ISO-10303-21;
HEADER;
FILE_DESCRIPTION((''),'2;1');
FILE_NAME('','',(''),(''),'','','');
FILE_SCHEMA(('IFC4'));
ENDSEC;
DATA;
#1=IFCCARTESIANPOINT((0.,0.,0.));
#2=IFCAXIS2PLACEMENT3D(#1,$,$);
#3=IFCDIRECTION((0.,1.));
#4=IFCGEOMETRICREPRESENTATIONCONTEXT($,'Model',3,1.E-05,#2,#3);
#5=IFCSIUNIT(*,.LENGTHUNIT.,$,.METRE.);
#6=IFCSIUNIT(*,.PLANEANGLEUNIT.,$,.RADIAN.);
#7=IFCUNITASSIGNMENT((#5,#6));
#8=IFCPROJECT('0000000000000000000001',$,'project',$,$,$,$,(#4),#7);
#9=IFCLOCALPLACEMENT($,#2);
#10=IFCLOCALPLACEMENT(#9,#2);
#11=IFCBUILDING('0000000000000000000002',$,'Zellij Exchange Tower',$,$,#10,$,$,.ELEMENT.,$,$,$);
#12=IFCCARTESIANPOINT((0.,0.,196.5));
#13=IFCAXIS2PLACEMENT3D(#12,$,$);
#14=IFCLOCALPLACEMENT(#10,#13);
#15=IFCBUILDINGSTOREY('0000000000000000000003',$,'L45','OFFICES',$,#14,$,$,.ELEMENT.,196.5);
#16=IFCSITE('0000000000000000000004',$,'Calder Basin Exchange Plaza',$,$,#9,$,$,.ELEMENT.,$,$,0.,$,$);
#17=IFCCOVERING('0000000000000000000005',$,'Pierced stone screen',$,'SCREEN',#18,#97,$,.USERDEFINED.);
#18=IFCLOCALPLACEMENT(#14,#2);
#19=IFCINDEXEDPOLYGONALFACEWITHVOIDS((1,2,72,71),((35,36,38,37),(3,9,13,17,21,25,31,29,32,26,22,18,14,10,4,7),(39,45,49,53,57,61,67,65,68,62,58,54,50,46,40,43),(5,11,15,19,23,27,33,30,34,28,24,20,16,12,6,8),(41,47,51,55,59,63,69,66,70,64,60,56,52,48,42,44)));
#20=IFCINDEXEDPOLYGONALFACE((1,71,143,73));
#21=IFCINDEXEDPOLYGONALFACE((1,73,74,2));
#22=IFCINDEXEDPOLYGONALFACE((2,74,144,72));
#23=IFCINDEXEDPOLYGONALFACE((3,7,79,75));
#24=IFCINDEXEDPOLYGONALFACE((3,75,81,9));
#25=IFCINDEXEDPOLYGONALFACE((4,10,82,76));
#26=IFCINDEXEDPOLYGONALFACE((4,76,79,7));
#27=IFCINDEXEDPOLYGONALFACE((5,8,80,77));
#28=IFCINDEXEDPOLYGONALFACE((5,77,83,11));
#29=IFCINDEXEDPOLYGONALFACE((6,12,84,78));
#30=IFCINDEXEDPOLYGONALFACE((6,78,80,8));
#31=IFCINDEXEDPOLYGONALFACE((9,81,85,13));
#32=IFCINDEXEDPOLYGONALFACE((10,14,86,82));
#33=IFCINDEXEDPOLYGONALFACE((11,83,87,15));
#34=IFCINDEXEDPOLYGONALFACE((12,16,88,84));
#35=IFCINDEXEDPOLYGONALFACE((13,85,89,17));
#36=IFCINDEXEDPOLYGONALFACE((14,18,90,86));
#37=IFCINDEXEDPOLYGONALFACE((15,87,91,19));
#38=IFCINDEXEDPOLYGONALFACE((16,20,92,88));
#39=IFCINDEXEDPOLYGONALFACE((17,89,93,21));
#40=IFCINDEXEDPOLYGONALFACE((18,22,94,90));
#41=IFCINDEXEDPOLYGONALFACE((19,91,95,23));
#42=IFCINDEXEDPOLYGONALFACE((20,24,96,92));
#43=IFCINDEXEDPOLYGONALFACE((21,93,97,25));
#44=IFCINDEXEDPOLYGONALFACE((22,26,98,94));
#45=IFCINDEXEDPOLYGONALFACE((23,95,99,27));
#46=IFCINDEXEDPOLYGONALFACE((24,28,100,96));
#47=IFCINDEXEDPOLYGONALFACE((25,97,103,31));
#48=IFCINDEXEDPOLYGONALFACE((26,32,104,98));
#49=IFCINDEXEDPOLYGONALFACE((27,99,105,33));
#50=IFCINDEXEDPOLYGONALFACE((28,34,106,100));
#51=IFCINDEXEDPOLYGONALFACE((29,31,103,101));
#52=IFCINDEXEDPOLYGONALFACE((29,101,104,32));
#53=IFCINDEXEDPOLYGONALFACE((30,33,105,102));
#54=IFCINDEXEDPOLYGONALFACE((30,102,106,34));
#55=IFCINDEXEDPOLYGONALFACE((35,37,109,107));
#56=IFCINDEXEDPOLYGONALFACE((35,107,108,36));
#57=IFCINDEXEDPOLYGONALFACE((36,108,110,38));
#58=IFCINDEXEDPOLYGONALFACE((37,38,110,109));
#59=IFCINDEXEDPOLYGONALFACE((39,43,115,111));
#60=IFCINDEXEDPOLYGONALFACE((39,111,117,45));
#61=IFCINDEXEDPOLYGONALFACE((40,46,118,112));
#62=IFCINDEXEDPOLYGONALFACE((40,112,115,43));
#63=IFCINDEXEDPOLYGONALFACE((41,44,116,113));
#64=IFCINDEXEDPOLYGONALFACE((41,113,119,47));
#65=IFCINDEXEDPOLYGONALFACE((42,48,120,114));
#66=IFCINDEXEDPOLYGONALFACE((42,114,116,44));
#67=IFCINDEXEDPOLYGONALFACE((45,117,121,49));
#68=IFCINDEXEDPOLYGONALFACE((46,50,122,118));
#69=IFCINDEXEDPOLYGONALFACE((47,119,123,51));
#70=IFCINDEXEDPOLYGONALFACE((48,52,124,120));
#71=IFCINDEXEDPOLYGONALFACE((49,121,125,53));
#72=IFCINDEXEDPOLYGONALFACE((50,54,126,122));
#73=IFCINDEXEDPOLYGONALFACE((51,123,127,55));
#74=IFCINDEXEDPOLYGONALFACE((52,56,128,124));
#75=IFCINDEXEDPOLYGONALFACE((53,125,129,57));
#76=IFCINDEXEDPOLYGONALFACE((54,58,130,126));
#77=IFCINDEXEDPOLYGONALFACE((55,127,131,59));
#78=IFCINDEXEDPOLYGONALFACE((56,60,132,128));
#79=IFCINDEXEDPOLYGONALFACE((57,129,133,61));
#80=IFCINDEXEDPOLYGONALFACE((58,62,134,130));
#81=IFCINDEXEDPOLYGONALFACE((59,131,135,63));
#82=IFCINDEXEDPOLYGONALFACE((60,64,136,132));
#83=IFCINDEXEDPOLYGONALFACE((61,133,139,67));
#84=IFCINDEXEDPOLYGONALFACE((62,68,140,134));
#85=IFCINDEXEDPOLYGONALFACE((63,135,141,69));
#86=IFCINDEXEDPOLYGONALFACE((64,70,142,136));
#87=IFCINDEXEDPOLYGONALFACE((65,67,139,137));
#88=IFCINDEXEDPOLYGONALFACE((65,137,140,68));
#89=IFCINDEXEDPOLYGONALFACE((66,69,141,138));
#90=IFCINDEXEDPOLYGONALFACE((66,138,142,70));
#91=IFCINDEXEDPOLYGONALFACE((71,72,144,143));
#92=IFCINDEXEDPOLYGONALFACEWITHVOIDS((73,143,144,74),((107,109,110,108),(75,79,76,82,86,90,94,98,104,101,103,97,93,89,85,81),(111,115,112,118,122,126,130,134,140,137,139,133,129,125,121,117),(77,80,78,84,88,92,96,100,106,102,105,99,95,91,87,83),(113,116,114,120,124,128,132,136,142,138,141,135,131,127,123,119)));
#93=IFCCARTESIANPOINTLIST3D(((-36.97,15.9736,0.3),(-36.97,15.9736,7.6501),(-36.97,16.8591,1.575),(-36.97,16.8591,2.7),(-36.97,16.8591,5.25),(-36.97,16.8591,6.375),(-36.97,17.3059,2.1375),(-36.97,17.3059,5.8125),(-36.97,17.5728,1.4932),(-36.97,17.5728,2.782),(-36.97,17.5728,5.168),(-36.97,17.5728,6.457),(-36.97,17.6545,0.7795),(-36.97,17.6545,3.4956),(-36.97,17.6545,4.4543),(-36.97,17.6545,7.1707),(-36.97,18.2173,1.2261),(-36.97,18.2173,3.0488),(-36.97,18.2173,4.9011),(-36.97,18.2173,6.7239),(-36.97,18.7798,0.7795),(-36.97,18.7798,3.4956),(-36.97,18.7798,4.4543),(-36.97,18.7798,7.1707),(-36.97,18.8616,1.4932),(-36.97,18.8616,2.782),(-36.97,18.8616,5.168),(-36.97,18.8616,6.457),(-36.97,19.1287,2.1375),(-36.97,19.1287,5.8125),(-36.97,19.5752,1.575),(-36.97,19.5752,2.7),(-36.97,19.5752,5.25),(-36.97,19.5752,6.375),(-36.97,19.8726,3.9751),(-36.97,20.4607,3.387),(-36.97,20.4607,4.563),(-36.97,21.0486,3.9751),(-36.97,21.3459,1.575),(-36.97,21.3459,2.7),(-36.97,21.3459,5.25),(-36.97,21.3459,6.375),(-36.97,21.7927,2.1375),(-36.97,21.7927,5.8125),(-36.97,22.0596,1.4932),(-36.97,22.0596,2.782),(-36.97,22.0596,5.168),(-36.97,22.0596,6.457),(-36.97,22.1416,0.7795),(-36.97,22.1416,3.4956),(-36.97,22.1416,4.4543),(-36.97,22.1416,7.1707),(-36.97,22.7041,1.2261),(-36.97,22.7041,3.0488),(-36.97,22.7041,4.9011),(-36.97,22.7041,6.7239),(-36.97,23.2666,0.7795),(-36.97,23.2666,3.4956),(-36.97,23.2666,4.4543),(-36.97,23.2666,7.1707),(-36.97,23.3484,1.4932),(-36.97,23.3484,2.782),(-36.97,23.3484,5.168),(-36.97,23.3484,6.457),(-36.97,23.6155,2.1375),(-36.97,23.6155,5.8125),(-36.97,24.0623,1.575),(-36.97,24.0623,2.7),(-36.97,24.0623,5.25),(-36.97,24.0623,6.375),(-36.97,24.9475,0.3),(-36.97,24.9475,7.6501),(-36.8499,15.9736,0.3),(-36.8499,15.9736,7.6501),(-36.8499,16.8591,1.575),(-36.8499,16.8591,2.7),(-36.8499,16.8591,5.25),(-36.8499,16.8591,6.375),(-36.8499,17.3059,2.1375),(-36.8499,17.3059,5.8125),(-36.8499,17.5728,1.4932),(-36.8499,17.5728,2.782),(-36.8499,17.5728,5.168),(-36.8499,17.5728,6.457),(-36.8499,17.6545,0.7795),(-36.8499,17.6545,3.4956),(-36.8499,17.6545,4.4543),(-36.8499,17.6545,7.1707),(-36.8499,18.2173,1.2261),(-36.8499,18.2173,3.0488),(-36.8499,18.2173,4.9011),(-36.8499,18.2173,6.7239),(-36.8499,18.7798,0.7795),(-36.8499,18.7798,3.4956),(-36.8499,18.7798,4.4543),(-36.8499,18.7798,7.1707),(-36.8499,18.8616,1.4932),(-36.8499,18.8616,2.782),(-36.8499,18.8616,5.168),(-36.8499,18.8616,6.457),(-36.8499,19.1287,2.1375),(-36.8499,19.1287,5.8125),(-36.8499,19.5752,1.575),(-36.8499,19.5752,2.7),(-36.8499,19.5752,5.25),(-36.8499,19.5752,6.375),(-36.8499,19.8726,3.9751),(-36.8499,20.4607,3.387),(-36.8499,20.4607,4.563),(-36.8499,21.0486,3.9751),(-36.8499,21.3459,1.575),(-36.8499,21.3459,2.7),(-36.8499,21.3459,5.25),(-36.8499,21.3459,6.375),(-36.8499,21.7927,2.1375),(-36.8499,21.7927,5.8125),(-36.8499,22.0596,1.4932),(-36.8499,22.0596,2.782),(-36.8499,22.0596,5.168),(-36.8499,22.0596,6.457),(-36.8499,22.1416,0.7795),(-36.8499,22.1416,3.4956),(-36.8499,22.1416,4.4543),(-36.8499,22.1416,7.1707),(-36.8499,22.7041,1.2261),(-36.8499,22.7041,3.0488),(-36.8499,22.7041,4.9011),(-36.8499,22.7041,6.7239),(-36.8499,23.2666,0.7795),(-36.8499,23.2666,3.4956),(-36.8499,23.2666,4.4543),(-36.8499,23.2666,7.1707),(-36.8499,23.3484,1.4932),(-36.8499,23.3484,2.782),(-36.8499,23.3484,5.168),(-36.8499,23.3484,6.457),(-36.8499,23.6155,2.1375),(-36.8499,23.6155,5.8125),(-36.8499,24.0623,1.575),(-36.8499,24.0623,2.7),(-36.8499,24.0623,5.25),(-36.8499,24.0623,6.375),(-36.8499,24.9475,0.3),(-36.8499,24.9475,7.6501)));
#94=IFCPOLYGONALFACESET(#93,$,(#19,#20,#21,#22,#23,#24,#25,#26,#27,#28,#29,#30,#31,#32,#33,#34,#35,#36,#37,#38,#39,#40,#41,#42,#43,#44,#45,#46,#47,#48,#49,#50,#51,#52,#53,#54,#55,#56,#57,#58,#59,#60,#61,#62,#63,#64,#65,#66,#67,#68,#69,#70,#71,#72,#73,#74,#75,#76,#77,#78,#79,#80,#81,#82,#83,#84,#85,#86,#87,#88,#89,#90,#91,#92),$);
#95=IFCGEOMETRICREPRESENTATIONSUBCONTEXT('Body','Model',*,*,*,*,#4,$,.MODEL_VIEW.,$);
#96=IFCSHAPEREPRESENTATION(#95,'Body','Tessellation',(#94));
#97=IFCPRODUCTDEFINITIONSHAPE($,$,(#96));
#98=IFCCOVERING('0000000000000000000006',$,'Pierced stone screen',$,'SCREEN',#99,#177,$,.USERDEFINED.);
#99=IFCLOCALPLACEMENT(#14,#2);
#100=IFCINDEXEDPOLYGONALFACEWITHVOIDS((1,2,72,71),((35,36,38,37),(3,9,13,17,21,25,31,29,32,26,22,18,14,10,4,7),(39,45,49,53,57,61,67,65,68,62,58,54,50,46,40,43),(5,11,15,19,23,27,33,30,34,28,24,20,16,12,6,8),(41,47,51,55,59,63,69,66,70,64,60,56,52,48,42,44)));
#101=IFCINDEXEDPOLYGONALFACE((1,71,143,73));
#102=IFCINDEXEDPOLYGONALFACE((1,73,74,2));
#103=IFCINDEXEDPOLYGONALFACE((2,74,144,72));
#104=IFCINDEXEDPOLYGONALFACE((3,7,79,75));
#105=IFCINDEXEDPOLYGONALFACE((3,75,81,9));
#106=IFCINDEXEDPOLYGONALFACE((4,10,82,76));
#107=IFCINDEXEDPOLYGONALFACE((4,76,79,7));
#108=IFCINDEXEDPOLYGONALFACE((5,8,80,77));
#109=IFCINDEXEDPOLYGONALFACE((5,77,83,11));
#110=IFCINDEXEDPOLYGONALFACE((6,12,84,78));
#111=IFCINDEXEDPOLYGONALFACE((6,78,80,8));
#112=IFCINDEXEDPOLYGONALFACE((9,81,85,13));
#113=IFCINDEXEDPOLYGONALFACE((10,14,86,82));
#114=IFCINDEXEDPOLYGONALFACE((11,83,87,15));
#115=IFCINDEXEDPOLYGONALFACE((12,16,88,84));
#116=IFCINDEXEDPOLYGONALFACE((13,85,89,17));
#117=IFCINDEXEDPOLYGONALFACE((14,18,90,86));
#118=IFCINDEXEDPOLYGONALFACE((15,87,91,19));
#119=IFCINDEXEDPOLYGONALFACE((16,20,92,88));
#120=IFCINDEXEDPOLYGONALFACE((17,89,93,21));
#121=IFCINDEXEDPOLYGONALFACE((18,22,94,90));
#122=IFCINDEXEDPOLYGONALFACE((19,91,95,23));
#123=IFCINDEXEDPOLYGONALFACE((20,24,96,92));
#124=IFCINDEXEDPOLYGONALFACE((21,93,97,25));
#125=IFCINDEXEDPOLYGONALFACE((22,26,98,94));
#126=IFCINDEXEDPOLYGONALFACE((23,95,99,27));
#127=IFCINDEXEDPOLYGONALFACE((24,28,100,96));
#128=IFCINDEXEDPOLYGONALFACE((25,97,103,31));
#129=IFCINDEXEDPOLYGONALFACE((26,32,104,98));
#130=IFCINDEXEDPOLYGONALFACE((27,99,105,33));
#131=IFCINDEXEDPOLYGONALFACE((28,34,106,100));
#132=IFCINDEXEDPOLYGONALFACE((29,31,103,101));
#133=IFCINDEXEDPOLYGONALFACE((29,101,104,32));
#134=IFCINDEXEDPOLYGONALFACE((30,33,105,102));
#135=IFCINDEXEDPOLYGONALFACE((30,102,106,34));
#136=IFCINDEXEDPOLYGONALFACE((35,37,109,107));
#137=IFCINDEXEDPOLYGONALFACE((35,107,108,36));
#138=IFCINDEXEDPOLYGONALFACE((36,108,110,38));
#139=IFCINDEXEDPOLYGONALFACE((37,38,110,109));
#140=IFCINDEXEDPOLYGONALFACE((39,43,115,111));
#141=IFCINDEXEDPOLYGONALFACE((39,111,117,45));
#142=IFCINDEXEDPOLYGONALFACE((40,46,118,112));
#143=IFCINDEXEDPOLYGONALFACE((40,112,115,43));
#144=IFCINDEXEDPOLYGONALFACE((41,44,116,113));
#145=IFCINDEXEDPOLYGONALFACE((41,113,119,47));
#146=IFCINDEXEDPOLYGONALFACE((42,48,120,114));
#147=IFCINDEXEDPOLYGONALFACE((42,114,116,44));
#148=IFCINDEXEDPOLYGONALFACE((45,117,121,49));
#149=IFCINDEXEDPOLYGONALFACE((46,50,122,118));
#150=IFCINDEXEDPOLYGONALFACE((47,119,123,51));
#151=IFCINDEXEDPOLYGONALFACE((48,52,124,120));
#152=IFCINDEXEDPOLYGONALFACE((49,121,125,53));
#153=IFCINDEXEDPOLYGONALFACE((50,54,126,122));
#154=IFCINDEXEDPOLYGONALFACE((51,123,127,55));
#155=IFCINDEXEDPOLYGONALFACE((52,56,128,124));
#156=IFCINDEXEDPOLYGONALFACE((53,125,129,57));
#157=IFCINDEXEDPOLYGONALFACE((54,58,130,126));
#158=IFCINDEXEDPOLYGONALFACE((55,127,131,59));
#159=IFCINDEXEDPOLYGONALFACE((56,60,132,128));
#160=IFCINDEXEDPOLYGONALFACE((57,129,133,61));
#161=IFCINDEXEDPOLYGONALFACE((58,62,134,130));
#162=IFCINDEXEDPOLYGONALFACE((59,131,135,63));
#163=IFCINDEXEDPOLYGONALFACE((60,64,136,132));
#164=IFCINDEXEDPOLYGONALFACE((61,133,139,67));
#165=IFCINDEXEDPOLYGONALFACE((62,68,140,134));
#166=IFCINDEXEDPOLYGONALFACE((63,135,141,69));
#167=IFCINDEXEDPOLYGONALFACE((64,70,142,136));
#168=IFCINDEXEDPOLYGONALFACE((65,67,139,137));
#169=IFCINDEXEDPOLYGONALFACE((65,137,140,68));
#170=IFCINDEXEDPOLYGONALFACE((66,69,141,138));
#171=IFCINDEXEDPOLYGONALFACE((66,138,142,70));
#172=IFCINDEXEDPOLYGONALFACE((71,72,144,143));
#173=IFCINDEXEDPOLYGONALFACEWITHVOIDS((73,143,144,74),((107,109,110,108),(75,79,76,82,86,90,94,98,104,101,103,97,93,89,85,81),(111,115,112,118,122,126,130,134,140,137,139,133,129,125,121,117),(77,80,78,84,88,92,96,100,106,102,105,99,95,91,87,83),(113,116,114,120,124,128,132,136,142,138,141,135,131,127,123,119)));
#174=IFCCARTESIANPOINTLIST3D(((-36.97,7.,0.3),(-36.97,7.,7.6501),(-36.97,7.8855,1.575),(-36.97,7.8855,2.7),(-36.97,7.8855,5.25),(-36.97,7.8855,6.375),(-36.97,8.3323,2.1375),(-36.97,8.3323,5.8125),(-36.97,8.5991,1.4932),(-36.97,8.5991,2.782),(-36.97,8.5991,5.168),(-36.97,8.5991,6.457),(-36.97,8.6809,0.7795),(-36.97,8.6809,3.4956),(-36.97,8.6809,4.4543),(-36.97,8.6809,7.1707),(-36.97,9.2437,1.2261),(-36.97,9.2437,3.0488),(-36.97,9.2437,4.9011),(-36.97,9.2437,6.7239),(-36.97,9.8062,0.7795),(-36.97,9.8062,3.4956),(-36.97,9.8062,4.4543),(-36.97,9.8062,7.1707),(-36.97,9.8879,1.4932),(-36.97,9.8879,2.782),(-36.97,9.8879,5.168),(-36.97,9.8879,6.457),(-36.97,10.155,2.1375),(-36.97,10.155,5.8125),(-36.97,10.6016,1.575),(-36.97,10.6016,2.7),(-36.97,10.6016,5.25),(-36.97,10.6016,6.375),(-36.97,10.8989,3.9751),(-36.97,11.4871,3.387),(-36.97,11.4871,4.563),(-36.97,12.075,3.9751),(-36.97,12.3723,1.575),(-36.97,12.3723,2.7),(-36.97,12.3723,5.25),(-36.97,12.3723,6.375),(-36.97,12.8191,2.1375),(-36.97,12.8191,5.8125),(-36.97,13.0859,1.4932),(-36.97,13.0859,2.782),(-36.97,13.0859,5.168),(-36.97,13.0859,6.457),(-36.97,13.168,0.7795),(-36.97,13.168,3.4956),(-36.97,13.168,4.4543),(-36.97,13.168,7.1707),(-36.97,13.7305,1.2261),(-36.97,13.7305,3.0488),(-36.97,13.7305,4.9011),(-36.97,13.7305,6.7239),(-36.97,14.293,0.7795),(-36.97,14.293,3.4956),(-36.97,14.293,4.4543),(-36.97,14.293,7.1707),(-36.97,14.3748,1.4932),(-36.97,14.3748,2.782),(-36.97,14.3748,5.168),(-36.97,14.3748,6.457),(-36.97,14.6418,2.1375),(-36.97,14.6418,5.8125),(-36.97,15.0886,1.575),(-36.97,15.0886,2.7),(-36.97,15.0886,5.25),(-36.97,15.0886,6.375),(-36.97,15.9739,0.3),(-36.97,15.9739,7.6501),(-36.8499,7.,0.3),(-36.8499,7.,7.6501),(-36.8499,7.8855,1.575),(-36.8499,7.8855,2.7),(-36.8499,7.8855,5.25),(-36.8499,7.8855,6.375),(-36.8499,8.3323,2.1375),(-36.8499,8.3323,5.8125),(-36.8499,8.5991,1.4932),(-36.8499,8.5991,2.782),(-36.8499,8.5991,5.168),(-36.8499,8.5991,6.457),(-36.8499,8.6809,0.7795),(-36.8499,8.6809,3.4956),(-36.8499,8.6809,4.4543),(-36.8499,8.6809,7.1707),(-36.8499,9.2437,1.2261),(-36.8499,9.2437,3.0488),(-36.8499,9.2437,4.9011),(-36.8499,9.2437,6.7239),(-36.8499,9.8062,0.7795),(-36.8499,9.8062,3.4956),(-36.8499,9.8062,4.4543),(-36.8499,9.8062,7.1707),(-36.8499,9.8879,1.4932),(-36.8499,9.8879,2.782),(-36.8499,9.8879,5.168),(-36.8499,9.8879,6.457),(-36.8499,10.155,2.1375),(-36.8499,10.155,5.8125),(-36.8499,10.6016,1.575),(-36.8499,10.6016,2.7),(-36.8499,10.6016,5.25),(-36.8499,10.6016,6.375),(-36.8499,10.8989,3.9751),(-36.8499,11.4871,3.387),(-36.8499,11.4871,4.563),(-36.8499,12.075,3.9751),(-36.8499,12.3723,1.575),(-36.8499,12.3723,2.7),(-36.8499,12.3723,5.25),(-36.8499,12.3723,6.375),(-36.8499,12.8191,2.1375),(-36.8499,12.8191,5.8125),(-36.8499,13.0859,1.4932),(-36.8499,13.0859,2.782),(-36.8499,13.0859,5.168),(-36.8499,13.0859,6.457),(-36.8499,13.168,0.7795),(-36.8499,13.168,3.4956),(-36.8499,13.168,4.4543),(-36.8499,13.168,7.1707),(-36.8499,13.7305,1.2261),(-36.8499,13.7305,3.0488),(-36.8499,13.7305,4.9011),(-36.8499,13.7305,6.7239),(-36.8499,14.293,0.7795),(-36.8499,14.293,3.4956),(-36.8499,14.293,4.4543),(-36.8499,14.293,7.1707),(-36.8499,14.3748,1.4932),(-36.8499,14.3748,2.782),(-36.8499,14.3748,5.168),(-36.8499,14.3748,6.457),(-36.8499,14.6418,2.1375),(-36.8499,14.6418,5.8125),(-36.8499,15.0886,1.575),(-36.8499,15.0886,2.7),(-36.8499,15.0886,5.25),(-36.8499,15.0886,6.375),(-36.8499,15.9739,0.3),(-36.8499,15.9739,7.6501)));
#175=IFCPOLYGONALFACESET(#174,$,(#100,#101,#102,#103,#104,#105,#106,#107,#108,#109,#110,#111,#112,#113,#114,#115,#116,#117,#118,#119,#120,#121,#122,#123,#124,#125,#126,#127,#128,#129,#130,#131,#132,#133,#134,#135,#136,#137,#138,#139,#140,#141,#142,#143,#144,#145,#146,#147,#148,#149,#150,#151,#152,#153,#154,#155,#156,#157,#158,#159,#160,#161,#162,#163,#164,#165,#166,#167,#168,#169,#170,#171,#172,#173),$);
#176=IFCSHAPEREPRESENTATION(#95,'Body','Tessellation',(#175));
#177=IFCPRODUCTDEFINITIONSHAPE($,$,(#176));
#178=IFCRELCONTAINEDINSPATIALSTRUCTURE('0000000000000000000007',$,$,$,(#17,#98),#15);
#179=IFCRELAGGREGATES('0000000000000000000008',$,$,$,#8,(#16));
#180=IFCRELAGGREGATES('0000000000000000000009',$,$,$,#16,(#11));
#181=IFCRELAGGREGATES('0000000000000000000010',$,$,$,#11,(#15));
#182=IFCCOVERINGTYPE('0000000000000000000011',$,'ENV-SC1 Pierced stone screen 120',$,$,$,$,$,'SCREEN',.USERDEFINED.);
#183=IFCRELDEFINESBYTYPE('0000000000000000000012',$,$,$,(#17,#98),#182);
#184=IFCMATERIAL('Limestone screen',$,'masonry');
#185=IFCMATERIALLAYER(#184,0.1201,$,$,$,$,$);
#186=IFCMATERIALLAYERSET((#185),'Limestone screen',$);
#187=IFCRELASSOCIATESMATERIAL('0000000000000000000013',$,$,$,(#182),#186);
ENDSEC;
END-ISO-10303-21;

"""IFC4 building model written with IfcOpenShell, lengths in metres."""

from ifc_helpers import new_model, si_unit, direction, frame, origin, place, context, subcontext, project, spatial, polyline, outline, extrude, material, layer, layer_set, type_object, element, save


model = new_model("IFC4")

# Units and contexts
model_context = context("Model", 3, precision=1e-05, world=origin(), true_north=direction((0.0, 1.0)))
body_context = subcontext(model_context, "Body", "Model", "MODEL_VIEW")
ifc_project = project(units=[si_unit("LENGTHUNIT", "METRE"), si_unit("PLANEANGLEUNIT", "RADIAN")], contexts=[model_context])

# Site, building, storey
site_placement = place(None, origin())
site = spatial("IfcSite", under=ifc_project, at=site_placement, Name="Calder Basin Exchange Plaza", CompositionType="ELEMENT", RefElevation=0.0)
building_placement = place(site_placement, origin())
building = spatial("IfcBuilding", under=site, at=building_placement, Name="Zellij Exchange Tower", CompositionType="ELEMENT")
storey_placement = place(building_placement, frame((0.0, 0.0, 196.5)))
storey = spatial("IfcBuildingStorey", under=building, at=storey_placement, Name="L45", Description="OFFICES", CompositionType="ELEMENT", Elevation=196.5)

# Coverings
ifc_material_1 = material(Name="Limestone screen", Category="masonry")
ifc_layer_1 = layer(ifc_material_1, 0.1201)
ifc_layer_set_1 = layer_set([ifc_layer_1], Name="Limestone screen")
covering_type = type_object("IfcCoveringType", Name="ENV-SC1 Pierced stone screen 120", ElementType="SCREEN", PredefinedType="USERDEFINED", material=ifc_layer_set_1)
covering_1_placement = place(storey_placement, frame((-36.9099, 24.9475, 0.3), z_axis=(0.0, 0.0, 1.0), x_axis=(0.0, -1.0, 0.0)))
element("IfcCovering", 1, at=covering_1_placement, inside=storey, type_object=covering_type, Name="Pierced stone screen", ObjectType="SCREEN", PredefinedType="USERDEFINED", context=body_context, shape_type="SweptSolid", body=[
    extrude(outline(polyline([(0.0, 0.0), (8.9739, 0.0), (8.9739, 7.3501), (0.0, 7.3501), (0.0, 0.0)]), holes=[polyline([(3.6016, 2.3999), (2.8879, 2.4819), (2.8059, 3.1956), (2.2434, 2.7488), (1.6809, 3.1956), (1.5991, 2.4819), (0.8853, 2.3999), (1.332, 1.8374), (0.8853, 1.2749), (1.5991, 1.1931), (1.6809, 0.4795), (2.2434, 0.926), (2.8059, 0.4795), (2.8879, 1.1931), (3.6016, 1.2749), (3.1548, 1.8374), (3.6016, 2.3999)]), polyline([(3.6016, 6.075), (2.8879, 6.157), (2.8059, 6.8706), (2.2434, 6.4238), (1.6809, 6.8706), (1.5991, 6.157), (0.8853, 6.075), (1.332, 5.5125), (0.8853, 4.95), (1.5991, 4.8679), (1.6809, 4.1543), (2.2434, 4.6011), (2.8059, 4.1543), (2.8879, 4.8679), (3.6016, 4.95), (3.1548, 5.5125), (3.6016, 6.075)]), polyline([(8.0884, 2.3999), (7.3748, 2.4819), (7.293, 3.1956), (6.7302, 2.7488), (6.1677, 3.1956), (6.0859, 2.4819), (5.3723, 2.3999), (5.8188, 1.8374), (5.3723, 1.2749), (6.0859, 1.1931), (6.1677, 0.4795), (6.7302, 0.926), (7.293, 0.4795), (7.3748, 1.1931), (8.0884, 1.2749), (7.6416, 1.8374), (8.0884, 2.3999)]), polyline([(8.0884, 6.075), (7.3748, 6.157), (7.293, 6.8706), (6.7302, 6.4238), (6.1677, 6.8706), (6.0859, 6.157), (5.3723, 6.075), (5.8188, 5.5125), (5.3723, 4.95), (6.0859, 4.8679), (6.1677, 4.1543), (6.7302, 4.6011), (7.293, 4.1543), (7.3748, 4.8679), (8.0884, 4.95), (7.6416, 5.5125), (8.0884, 6.075)]), polyline([(5.075, 3.675), (4.4868, 4.2629), (3.8989, 3.675), (4.4868, 3.0869), (5.075, 3.675)])]), frame((0.0, 0.0601, 0.0), z_axis=(0.0, -1.0, 0.0), x_axis=(1.0, 0.0, 0.0)), (0.0, 0.0, 1.0), 0.1201),
])
covering_2_placement = place(storey_placement, frame((-36.9099, 15.9739, 0.3), z_axis=(0.0, 0.0, 1.0), x_axis=(0.0, -1.0, 0.0)))
element("IfcCovering", 2, at=covering_2_placement, inside=storey, type_object=covering_type, Name="Pierced stone screen", ObjectType="SCREEN", PredefinedType="USERDEFINED", context=body_context, shape_type="SweptSolid", body=[
    extrude(outline(polyline([(0.0, 0.0), (8.9739, 0.0), (8.9739, 7.3501), (0.0, 7.3501), (0.0, 0.0)]), holes=[polyline([(3.6016, 2.3999), (2.8879, 2.4819), (2.8059, 3.1956), (2.2434, 2.7488), (1.6809, 3.1956), (1.5991, 2.4819), (0.8853, 2.3999), (1.332, 1.8374), (0.8853, 1.2749), (1.5991, 1.1931), (1.6809, 0.4795), (2.2434, 0.926), (2.8059, 0.4795), (2.8879, 1.1931), (3.6016, 1.2749), (3.1548, 1.8374), (3.6016, 2.3999)]), polyline([(3.6016, 6.075), (2.8879, 6.157), (2.8059, 6.8706), (2.2434, 6.4238), (1.6809, 6.8706), (1.5991, 6.157), (0.8853, 6.075), (1.332, 5.5125), (0.8853, 4.95), (1.5991, 4.8679), (1.6809, 4.1543), (2.2434, 4.6011), (2.8059, 4.1543), (2.8879, 4.8679), (3.6016, 4.95), (3.1548, 5.5125), (3.6016, 6.075)]), polyline([(8.0884, 2.3999), (7.3748, 2.4819), (7.293, 3.1956), (6.7302, 2.7488), (6.1677, 3.1956), (6.0859, 2.4819), (5.3723, 2.3999), (5.8188, 1.8374), (5.3723, 1.2749), (6.0859, 1.1931), (6.1677, 0.4795), (6.7302, 0.926), (7.293, 0.4795), (7.3748, 1.1931), (8.0884, 1.2749), (7.6416, 1.8374), (8.0884, 2.3999)]), polyline([(8.0884, 6.075), (7.3748, 6.157), (7.293, 6.8706), (6.7302, 6.4238), (6.1677, 6.8706), (6.0859, 6.157), (5.3723, 6.075), (5.8188, 5.5125), (5.3723, 4.95), (6.0859, 4.8679), (6.1677, 4.1543), (6.7302, 4.6011), (7.293, 4.1543), (7.3748, 4.8679), (8.0884, 4.95), (7.6416, 5.5125), (8.0884, 6.075)]), polyline([(5.075, 3.675), (4.4868, 4.2629), (3.8989, 3.675), (4.4868, 3.0869), (5.075, 3.675)])]), frame((0.0, 0.0601, 0.0), z_axis=(0.0, -1.0, 0.0), x_axis=(1.0, 0.0, 0.0)), (0.0, 0.0, 1.0), 0.1201),
])

save(model, "model.ifc")
